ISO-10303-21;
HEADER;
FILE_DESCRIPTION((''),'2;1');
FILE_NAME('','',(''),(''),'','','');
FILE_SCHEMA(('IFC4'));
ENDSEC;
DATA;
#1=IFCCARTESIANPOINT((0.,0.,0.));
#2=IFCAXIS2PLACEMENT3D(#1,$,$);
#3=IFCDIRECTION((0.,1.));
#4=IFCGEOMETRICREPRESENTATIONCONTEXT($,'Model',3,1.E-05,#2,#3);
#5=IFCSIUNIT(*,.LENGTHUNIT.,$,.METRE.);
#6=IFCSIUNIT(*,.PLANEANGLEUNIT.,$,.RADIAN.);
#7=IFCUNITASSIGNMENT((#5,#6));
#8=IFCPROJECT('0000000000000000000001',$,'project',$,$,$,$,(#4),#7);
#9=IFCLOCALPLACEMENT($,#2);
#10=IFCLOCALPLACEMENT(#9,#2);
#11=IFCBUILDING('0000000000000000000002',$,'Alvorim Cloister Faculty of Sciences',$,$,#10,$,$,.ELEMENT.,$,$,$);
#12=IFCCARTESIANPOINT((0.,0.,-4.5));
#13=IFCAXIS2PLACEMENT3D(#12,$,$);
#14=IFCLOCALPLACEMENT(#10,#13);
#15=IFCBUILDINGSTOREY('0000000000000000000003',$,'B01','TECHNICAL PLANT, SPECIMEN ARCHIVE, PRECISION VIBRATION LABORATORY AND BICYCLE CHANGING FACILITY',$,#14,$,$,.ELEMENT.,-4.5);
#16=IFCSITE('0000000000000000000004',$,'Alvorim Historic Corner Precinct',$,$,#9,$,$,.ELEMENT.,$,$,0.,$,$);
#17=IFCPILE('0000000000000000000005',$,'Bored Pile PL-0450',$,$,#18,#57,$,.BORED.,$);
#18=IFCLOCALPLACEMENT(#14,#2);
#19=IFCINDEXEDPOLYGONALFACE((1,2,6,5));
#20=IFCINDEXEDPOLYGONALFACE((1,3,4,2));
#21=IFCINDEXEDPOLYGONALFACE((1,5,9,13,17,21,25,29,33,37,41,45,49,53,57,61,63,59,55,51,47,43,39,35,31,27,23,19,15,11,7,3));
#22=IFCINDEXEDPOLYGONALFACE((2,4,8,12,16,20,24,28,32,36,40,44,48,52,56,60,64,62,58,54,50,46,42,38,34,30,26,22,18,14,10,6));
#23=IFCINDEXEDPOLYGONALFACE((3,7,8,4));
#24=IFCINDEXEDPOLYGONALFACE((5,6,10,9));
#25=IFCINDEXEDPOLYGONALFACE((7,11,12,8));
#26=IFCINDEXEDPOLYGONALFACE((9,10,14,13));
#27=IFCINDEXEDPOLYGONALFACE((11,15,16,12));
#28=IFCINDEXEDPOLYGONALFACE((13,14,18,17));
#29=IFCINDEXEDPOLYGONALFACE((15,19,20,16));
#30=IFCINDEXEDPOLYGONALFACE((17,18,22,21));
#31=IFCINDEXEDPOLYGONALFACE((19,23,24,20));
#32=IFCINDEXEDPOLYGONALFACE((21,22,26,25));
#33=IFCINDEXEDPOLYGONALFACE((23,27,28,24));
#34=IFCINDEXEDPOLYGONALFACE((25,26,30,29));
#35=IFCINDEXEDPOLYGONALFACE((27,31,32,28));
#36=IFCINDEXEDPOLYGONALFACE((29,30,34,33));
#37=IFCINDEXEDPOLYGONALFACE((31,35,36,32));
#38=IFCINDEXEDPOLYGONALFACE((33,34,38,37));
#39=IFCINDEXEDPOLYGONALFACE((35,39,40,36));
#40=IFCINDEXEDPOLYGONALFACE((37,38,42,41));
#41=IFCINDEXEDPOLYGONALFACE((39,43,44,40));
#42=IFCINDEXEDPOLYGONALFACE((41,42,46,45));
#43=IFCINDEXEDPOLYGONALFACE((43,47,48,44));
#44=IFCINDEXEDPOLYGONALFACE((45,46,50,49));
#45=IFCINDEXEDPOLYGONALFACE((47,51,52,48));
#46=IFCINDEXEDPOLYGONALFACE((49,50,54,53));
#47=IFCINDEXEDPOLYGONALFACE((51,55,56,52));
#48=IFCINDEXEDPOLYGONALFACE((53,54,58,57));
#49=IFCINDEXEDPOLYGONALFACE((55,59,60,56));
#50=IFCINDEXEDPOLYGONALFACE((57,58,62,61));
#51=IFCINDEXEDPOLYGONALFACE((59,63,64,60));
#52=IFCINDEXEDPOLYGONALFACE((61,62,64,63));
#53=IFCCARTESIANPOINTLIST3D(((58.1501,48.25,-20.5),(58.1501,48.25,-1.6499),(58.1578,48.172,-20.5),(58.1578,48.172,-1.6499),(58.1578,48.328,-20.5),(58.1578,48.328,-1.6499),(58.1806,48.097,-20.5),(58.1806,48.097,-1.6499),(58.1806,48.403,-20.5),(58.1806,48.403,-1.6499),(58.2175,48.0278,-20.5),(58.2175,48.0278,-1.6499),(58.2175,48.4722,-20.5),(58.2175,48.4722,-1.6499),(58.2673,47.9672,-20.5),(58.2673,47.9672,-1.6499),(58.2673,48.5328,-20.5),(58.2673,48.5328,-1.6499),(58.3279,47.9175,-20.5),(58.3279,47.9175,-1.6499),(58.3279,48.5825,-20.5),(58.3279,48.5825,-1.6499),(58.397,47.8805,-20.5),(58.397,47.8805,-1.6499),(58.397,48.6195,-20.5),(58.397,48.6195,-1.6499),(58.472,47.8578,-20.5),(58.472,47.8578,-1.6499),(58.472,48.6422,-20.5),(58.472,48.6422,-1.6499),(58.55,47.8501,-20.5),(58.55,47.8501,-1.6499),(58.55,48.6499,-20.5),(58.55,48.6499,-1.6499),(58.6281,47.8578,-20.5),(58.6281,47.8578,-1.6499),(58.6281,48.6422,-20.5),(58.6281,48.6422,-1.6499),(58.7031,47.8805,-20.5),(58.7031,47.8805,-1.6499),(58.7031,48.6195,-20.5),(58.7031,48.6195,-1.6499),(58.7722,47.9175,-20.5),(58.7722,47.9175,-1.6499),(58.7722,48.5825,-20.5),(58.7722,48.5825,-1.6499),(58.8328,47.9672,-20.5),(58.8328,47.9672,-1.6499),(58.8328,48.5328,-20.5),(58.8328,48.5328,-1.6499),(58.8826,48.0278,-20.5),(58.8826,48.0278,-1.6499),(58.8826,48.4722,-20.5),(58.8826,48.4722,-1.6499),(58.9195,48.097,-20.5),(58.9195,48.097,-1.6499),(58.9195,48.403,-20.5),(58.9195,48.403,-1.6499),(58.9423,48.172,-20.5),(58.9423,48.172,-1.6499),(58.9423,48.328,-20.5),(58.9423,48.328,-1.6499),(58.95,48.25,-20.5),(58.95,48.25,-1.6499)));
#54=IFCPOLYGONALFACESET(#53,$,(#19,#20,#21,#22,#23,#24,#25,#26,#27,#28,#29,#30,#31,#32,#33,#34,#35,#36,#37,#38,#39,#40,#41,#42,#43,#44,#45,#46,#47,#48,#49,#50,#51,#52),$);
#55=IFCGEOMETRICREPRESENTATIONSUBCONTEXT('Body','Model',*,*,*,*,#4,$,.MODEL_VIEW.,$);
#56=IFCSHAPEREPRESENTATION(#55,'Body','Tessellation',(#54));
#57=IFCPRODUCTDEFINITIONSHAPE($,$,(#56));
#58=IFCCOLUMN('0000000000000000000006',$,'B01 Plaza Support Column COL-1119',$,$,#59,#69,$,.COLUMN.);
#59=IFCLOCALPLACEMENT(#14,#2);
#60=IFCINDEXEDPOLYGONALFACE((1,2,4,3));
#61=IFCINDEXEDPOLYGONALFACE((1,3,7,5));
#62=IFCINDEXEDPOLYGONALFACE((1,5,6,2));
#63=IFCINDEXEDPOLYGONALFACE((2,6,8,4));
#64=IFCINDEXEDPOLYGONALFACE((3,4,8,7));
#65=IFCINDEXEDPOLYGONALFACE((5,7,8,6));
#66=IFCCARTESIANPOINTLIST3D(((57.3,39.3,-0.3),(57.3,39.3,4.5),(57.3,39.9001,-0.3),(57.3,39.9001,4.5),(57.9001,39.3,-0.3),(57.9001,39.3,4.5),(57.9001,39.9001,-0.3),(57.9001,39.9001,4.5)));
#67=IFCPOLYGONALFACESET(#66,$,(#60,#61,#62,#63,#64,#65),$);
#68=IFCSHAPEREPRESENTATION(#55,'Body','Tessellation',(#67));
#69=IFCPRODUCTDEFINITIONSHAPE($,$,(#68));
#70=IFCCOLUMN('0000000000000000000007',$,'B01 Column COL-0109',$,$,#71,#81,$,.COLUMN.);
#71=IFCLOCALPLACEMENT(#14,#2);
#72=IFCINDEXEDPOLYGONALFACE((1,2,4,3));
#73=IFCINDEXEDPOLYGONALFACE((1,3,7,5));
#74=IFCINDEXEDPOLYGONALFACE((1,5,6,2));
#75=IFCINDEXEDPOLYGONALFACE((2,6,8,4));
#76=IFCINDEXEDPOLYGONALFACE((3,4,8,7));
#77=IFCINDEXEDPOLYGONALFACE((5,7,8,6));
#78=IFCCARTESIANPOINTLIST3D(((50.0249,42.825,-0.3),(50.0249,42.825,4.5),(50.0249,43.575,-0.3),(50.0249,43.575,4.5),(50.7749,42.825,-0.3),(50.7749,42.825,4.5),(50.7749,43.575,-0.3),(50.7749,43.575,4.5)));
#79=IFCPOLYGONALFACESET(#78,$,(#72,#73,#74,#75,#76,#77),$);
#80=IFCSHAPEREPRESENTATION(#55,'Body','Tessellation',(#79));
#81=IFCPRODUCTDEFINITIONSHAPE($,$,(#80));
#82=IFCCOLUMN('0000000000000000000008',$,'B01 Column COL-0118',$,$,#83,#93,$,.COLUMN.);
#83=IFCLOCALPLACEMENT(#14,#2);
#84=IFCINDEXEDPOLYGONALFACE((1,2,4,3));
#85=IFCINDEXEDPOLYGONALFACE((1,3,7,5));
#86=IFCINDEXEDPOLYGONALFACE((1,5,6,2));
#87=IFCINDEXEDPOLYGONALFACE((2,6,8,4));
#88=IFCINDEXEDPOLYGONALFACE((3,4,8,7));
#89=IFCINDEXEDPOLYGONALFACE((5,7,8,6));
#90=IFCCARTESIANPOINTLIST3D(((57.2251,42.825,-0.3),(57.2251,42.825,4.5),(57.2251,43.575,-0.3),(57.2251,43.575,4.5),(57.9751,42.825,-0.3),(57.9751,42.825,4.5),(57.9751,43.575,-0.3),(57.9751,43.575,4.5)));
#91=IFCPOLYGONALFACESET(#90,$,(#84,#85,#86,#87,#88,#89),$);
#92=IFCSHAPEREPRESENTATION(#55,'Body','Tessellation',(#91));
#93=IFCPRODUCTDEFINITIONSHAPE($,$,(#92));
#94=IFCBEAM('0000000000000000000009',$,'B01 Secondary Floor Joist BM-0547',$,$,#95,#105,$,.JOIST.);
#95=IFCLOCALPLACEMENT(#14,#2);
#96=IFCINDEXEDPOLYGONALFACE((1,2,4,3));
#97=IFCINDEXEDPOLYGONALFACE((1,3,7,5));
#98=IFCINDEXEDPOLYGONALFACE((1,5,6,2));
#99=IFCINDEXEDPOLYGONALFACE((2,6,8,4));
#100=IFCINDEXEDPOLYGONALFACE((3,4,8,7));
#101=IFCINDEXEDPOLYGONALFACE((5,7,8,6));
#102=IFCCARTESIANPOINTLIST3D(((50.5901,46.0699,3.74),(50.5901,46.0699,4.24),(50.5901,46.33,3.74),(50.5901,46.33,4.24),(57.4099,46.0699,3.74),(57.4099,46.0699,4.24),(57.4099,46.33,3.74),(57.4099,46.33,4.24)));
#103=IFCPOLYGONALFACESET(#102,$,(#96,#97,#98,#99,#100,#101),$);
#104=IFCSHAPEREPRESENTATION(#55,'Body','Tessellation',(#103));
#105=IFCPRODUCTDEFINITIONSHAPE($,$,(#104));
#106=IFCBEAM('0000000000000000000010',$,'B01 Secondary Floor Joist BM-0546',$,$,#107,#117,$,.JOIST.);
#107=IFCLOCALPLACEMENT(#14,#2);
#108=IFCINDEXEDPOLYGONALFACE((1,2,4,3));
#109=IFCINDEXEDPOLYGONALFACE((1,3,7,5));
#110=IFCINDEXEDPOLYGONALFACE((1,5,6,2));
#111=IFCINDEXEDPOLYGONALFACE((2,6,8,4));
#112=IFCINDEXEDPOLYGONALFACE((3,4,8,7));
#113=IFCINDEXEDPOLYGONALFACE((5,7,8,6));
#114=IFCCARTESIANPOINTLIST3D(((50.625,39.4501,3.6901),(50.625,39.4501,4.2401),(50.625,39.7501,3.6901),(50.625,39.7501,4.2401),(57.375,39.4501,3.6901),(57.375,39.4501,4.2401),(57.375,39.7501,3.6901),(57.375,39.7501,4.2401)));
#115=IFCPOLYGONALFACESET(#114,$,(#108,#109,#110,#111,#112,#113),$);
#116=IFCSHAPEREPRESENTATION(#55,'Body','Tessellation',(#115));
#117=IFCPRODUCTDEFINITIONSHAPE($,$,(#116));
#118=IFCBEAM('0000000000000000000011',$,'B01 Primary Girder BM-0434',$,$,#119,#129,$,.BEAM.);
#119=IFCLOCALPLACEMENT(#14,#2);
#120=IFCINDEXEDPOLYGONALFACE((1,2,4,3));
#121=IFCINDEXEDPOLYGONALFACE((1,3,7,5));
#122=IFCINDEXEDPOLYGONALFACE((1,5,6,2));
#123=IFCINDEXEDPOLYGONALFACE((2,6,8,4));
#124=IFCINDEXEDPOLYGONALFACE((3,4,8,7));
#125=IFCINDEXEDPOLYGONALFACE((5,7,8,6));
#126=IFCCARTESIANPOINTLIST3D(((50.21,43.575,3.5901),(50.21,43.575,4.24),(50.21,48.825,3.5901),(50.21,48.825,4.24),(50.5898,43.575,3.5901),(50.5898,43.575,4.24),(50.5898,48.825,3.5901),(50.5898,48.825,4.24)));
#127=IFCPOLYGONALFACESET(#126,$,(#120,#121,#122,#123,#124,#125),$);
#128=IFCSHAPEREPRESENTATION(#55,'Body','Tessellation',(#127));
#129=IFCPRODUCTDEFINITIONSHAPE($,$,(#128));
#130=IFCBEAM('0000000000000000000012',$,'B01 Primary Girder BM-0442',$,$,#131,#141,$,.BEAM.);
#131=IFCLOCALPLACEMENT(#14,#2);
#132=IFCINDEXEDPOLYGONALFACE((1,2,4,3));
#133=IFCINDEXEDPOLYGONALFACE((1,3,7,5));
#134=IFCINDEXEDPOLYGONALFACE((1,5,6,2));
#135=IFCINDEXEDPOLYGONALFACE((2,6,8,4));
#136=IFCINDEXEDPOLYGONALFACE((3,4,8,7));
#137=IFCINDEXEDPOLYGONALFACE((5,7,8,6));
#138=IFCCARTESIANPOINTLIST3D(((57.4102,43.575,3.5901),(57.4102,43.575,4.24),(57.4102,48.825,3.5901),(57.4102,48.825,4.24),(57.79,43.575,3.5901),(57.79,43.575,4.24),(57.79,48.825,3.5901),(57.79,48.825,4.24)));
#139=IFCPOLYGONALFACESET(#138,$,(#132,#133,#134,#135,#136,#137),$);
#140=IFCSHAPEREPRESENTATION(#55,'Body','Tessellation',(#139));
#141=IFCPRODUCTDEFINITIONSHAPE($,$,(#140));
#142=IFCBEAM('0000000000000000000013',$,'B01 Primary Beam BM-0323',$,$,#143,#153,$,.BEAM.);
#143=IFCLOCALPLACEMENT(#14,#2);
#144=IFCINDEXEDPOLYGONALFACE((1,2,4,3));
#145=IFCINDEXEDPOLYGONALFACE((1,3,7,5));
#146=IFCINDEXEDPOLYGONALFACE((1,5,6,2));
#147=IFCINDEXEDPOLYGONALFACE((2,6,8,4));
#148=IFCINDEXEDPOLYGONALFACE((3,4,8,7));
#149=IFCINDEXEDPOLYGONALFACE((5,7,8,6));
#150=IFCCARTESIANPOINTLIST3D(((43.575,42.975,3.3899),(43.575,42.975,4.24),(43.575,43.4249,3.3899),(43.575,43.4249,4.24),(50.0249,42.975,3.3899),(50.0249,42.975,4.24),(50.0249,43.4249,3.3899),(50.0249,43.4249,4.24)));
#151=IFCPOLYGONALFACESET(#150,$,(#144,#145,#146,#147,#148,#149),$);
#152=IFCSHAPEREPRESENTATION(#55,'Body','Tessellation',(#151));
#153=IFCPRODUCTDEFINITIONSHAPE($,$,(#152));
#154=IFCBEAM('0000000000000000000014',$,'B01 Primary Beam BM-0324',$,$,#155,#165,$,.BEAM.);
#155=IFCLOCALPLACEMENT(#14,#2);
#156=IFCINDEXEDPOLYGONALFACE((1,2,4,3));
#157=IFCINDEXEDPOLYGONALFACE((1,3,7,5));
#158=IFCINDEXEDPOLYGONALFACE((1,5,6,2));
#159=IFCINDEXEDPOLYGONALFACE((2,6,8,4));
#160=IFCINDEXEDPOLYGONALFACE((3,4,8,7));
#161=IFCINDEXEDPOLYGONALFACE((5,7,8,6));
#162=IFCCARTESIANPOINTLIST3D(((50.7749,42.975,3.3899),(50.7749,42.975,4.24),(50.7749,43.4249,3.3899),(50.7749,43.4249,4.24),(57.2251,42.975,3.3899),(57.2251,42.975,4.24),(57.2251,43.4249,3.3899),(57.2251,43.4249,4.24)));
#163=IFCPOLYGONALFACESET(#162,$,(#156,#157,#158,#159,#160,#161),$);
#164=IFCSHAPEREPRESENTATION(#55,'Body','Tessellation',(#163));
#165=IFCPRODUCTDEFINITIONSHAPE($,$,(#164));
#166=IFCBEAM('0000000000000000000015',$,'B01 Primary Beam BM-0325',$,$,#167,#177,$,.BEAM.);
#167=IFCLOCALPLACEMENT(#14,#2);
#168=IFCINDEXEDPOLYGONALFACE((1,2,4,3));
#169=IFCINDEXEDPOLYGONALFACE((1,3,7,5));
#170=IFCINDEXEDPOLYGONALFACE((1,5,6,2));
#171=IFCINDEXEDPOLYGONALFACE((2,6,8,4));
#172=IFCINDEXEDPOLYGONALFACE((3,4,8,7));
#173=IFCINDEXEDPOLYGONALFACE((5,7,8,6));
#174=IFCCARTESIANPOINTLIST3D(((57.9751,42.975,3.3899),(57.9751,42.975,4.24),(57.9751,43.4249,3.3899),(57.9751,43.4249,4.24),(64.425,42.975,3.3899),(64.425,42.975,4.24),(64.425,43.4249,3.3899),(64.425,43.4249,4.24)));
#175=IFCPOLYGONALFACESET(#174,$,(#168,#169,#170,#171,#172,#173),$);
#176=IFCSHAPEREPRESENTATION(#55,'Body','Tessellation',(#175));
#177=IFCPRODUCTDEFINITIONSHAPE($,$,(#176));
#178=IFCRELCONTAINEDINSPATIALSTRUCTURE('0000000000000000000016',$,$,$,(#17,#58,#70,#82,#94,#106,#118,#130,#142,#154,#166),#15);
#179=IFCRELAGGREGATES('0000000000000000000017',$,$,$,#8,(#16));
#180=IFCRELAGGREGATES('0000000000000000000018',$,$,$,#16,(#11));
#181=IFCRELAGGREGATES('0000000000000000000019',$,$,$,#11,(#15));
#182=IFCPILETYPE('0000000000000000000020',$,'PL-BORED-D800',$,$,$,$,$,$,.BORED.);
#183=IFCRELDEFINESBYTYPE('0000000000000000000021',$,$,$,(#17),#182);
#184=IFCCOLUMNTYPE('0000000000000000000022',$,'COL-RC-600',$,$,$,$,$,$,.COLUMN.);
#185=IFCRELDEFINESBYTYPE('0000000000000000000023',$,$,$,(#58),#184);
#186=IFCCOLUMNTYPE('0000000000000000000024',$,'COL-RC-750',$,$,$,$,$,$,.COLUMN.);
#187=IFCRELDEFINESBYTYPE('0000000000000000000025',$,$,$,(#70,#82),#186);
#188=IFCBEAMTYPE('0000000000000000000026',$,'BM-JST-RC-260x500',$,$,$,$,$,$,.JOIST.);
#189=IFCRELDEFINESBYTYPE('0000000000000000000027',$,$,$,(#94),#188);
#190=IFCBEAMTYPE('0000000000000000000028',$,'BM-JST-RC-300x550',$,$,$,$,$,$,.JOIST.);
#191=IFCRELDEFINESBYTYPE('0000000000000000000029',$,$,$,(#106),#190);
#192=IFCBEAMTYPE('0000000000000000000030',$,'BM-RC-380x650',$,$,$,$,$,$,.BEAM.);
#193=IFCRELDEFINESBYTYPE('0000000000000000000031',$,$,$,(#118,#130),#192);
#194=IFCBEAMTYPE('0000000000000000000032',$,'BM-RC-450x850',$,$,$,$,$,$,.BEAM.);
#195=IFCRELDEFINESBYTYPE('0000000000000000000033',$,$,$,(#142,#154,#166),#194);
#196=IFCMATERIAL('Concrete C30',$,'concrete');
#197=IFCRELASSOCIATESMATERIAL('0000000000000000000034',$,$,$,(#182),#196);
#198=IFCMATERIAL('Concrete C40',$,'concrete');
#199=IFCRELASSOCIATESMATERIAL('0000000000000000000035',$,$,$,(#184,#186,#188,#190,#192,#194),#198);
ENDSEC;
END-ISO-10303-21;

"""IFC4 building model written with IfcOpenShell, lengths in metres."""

from ifc_helpers import new_model, si_unit, direction, frame, origin, origin_2d, place, context, subcontext, project, spatial, rectangle, circle, extrude, material, material_profile, profile_set, type_object, element, save


model = new_model("IFC4")

# Units and contexts
model_context = context("Model", 3, precision=1e-05, world=origin(), true_north=direction((0.0, 1.0)))
body_context = subcontext(model_context, "Body", "Model", "MODEL_VIEW")
ifc_project = project(units=[si_unit("LENGTHUNIT", "METRE"), si_unit("PLANEANGLEUNIT", "RADIAN")], contexts=[model_context])

# Site, building, storey
site_placement = place(None, origin())
site = spatial("IfcSite", under=ifc_project, at=site_placement, Name="Alvorim Historic Corner Precinct", CompositionType="ELEMENT", RefElevation=0.0)
building_placement = place(site_placement, origin())
building = spatial("IfcBuilding", under=site, at=building_placement, Name="Alvorim Cloister Faculty of Sciences", CompositionType="ELEMENT")
storey_placement = place(building_placement, frame((0.0, 0.0, -4.5)))
storey = spatial("IfcBuildingStorey", under=building, at=storey_placement, Name="B01", Description="TECHNICAL PLANT, SPECIMEN ARCHIVE, PRECISION VIBRATION LABORATORY AND BICYCLE CHANGING FACILITY", CompositionType="ELEMENT", Elevation=-4.5)

# Shared definitions
ifc_material_1 = material(Name="Concrete C40", Category="concrete")

# Pile
ifc_material_2 = material(Name="Concrete C30", Category="concrete")
ifc_material_profile_1 = material_profile(ifc_material_2, circle(Radius=0.3999, at=origin_2d()), Name="PILE-D800")
ifc_profile_set_1 = profile_set([ifc_material_profile_1], Name="Concrete C30")
pile_type = type_object("IfcPileType", Name="PL-BORED-D800", PredefinedType="BORED", material=ifc_profile_set_1)
for number, where, z_axis, x_axis, name in (
    (1, (58.55, 48.25, -1.6499), (0.0, 0.0, -1.0), (1.0, 0.0, 0.0), "Bored Pile PL-0450"),
):
    element("IfcPile", number, at=place(storey_placement, frame(where, z_axis=z_axis, x_axis=x_axis)), inside=storey, type_object=pile_type, Name=name, PredefinedType="BORED", context=body_context, shape_type="SweptSolid", body=[
        extrude(circle(Radius=0.3999, at=origin_2d()), origin(), (0.0, 0.0, 1.0), 18.8501),
    ])

# Columns
ifc_material_profile_2 = material_profile(ifc_material_1, rectangle(XDim=0.6001, YDim=0.6001, at=origin_2d()), Name="RC40-COL-600x600")
ifc_profile_set_2 = profile_set([ifc_material_profile_2], Name="Concrete C40")
column_type_1 = type_object("IfcColumnType", Name="COL-RC-600", PredefinedType="COLUMN", material=ifc_profile_set_2)
column_placement = place(storey_placement, frame((57.6001, 39.6001, -0.3), z_axis=(0.0, 0.0, 1.0), x_axis=(1.0, 0.0, 0.0)))
element("IfcColumn", 2, at=column_placement, inside=storey, type_object=column_type_1, Name="B01 Plaza Support Column COL-1119", PredefinedType="COLUMN", context=body_context, shape_type="SweptSolid", body=[
    extrude(rectangle(XDim=0.6001, YDim=0.6001, at=origin_2d()), origin(), (0.0, 0.0, 1.0), 4.8),
])
ifc_material_profile_3 = material_profile(ifc_material_1, rectangle(XDim=0.75, YDim=0.75, at=origin_2d()), Name="RC40-COL-750x750")
ifc_profile_set_3 = profile_set([ifc_material_profile_3], Name="Concrete C40")
column_type_2 = type_object("IfcColumnType", Name="COL-RC-750", PredefinedType="COLUMN", material=ifc_profile_set_3)
for number, where, z_axis, x_axis, name in (
    (3, (50.3999, 43.2, -0.3), (0.0, 0.0, 1.0), (1.0, 0.0, 0.0), "B01 Column COL-0109"),
    (4, (57.6001, 43.2, -0.3), (0.0, 0.0, 1.0), (1.0, 0.0, 0.0), "B01 Column COL-0118"),
):
    element("IfcColumn", number, at=place(storey_placement, frame(where, z_axis=z_axis, x_axis=x_axis)), inside=storey, type_object=column_type_2, Name=name, PredefinedType="COLUMN", context=body_context, shape_type="SweptSolid", body=[
        extrude(rectangle(XDim=0.75, YDim=0.75, at=origin_2d()), origin(), (0.0, 0.0, 1.0), 4.8),
    ])

# Beams
ifc_material_profile_4 = material_profile(ifc_material_1, rectangle(XDim=0.26, YDim=0.5, at=origin_2d()), Name="RC40-JST-260x500")
ifc_profile_set_4 = profile_set([ifc_material_profile_4], Name="Concrete C40")
beam_type_1 = type_object("IfcBeamType", Name="BM-JST-RC-260x500", PredefinedType="JOIST", material=ifc_profile_set_4)
beam_1_placement = place(storey_placement, frame((50.5901, 46.2, 3.99), z_axis=(1.0, 0.0, 0.0), x_axis=(0.0, 1.0, 0.0)))
element("IfcBeam", 5, at=beam_1_placement, inside=storey, type_object=beam_type_1, Name="B01 Secondary Floor Joist BM-0547", PredefinedType="JOIST", context=body_context, shape_type="SweptSolid", body=[
    extrude(rectangle(XDim=0.26, YDim=0.5, at=origin_2d()), origin(), (0.0, 0.0, 1.0), 6.8198),
])
ifc_material_profile_5 = material_profile(ifc_material_1, rectangle(XDim=0.3, YDim=0.55, at=origin_2d()), Name="RC40-JST-300x550")
ifc_profile_set_5 = profile_set([ifc_material_profile_5], Name="Concrete C40")
beam_type_2 = type_object("IfcBeamType", Name="BM-JST-RC-300x550", PredefinedType="JOIST", material=ifc_profile_set_5)
beam_2_placement = place(storey_placement, frame((50.625, 39.6001, 3.9651), z_axis=(1.0, 0.0, 0.0), x_axis=(0.0, 1.0, 0.0)))
element("IfcBeam", 6, at=beam_2_placement, inside=storey, type_object=beam_type_2, Name="B01 Secondary Floor Joist BM-0546", PredefinedType="JOIST", context=body_context, shape_type="SweptSolid", body=[
    extrude(rectangle(XDim=0.3, YDim=0.55, at=origin_2d()), origin(), (0.0, 0.0, 1.0), 6.75),
])
ifc_material_profile_6 = material_profile(ifc_material_1, rectangle(XDim=0.3799, YDim=0.6499, at=origin_2d()), Name="RC40-BM-380x650")
ifc_profile_set_6 = profile_set([ifc_material_profile_6], Name="Concrete C40")
beam_type_3 = type_object("IfcBeamType", Name="BM-RC-380x650", PredefinedType="BEAM", material=ifc_profile_set_6)
for number, where, z_axis, x_axis, name in (
    (7, (50.3999, 43.575, 3.915), (0.0, 1.0, 0.0), (-1.0, 0.0, 0.0), "B01 Primary Girder BM-0434"),
    (8, (57.6001, 43.575, 3.915), (0.0, 1.0, 0.0), (-1.0, 0.0, 0.0), "B01 Primary Girder BM-0442"),
):
    element("IfcBeam", number, at=place(storey_placement, frame(where, z_axis=z_axis, x_axis=x_axis)), inside=storey, type_object=beam_type_3, Name=name, PredefinedType="BEAM", context=body_context, shape_type="SweptSolid", body=[
        extrude(rectangle(XDim=0.3799, YDim=0.6499, at=origin_2d()), origin(), (0.0, 0.0, 1.0), 5.25),
    ])
ifc_material_profile_7 = material_profile(ifc_material_1, rectangle(XDim=0.45, YDim=0.8501, at=origin_2d()), Name="RC40-BM-450x850")
ifc_profile_set_7 = profile_set([ifc_material_profile_7], Name="Concrete C40")
beam_type_4 = type_object("IfcBeamType", Name="BM-RC-450x850", PredefinedType="BEAM", material=ifc_profile_set_7)
beam_3_placement = place(storey_placement, frame((43.575, 43.2, 3.8149), z_axis=(1.0, 0.0, 0.0), x_axis=(0.0, 1.0, 0.0)))
element("IfcBeam", 9, at=beam_3_placement, inside=storey, type_object=beam_type_4, Name="B01 Primary Beam BM-0323", PredefinedType="BEAM", context=body_context, shape_type="SweptSolid", body=[
    extrude(rectangle(XDim=0.45, YDim=0.8501, at=origin_2d()), origin(), (0.0, 0.0, 1.0), 6.45),
])
beam_4_placement = place(storey_placement, frame((50.7749, 43.2, 3.8149), z_axis=(1.0, 0.0, 0.0), x_axis=(0.0, 1.0, 0.0)))
element("IfcBeam", 10, at=beam_4_placement, inside=storey, type_object=beam_type_4, Name="B01 Primary Beam BM-0324", PredefinedType="BEAM", context=body_context, shape_type="SweptSolid", body=[
    extrude(rectangle(XDim=0.45, YDim=0.8501, at=origin_2d()), origin(), (0.0, 0.0, 1.0), 6.4502),
])
beam_5_placement = place(storey_placement, frame((57.9751, 43.2, 3.8149), z_axis=(1.0, 0.0, 0.0), x_axis=(0.0, 1.0, 0.0)))
element("IfcBeam", 11, at=beam_5_placement, inside=storey, type_object=beam_type_4, Name="B01 Primary Beam BM-0325", PredefinedType="BEAM", context=body_context, shape_type="SweptSolid", body=[
    extrude(rectangle(XDim=0.45, YDim=0.8501, at=origin_2d()), origin(), (0.0, 0.0, 1.0), 6.45),
])

save(model, "model.ifc")
